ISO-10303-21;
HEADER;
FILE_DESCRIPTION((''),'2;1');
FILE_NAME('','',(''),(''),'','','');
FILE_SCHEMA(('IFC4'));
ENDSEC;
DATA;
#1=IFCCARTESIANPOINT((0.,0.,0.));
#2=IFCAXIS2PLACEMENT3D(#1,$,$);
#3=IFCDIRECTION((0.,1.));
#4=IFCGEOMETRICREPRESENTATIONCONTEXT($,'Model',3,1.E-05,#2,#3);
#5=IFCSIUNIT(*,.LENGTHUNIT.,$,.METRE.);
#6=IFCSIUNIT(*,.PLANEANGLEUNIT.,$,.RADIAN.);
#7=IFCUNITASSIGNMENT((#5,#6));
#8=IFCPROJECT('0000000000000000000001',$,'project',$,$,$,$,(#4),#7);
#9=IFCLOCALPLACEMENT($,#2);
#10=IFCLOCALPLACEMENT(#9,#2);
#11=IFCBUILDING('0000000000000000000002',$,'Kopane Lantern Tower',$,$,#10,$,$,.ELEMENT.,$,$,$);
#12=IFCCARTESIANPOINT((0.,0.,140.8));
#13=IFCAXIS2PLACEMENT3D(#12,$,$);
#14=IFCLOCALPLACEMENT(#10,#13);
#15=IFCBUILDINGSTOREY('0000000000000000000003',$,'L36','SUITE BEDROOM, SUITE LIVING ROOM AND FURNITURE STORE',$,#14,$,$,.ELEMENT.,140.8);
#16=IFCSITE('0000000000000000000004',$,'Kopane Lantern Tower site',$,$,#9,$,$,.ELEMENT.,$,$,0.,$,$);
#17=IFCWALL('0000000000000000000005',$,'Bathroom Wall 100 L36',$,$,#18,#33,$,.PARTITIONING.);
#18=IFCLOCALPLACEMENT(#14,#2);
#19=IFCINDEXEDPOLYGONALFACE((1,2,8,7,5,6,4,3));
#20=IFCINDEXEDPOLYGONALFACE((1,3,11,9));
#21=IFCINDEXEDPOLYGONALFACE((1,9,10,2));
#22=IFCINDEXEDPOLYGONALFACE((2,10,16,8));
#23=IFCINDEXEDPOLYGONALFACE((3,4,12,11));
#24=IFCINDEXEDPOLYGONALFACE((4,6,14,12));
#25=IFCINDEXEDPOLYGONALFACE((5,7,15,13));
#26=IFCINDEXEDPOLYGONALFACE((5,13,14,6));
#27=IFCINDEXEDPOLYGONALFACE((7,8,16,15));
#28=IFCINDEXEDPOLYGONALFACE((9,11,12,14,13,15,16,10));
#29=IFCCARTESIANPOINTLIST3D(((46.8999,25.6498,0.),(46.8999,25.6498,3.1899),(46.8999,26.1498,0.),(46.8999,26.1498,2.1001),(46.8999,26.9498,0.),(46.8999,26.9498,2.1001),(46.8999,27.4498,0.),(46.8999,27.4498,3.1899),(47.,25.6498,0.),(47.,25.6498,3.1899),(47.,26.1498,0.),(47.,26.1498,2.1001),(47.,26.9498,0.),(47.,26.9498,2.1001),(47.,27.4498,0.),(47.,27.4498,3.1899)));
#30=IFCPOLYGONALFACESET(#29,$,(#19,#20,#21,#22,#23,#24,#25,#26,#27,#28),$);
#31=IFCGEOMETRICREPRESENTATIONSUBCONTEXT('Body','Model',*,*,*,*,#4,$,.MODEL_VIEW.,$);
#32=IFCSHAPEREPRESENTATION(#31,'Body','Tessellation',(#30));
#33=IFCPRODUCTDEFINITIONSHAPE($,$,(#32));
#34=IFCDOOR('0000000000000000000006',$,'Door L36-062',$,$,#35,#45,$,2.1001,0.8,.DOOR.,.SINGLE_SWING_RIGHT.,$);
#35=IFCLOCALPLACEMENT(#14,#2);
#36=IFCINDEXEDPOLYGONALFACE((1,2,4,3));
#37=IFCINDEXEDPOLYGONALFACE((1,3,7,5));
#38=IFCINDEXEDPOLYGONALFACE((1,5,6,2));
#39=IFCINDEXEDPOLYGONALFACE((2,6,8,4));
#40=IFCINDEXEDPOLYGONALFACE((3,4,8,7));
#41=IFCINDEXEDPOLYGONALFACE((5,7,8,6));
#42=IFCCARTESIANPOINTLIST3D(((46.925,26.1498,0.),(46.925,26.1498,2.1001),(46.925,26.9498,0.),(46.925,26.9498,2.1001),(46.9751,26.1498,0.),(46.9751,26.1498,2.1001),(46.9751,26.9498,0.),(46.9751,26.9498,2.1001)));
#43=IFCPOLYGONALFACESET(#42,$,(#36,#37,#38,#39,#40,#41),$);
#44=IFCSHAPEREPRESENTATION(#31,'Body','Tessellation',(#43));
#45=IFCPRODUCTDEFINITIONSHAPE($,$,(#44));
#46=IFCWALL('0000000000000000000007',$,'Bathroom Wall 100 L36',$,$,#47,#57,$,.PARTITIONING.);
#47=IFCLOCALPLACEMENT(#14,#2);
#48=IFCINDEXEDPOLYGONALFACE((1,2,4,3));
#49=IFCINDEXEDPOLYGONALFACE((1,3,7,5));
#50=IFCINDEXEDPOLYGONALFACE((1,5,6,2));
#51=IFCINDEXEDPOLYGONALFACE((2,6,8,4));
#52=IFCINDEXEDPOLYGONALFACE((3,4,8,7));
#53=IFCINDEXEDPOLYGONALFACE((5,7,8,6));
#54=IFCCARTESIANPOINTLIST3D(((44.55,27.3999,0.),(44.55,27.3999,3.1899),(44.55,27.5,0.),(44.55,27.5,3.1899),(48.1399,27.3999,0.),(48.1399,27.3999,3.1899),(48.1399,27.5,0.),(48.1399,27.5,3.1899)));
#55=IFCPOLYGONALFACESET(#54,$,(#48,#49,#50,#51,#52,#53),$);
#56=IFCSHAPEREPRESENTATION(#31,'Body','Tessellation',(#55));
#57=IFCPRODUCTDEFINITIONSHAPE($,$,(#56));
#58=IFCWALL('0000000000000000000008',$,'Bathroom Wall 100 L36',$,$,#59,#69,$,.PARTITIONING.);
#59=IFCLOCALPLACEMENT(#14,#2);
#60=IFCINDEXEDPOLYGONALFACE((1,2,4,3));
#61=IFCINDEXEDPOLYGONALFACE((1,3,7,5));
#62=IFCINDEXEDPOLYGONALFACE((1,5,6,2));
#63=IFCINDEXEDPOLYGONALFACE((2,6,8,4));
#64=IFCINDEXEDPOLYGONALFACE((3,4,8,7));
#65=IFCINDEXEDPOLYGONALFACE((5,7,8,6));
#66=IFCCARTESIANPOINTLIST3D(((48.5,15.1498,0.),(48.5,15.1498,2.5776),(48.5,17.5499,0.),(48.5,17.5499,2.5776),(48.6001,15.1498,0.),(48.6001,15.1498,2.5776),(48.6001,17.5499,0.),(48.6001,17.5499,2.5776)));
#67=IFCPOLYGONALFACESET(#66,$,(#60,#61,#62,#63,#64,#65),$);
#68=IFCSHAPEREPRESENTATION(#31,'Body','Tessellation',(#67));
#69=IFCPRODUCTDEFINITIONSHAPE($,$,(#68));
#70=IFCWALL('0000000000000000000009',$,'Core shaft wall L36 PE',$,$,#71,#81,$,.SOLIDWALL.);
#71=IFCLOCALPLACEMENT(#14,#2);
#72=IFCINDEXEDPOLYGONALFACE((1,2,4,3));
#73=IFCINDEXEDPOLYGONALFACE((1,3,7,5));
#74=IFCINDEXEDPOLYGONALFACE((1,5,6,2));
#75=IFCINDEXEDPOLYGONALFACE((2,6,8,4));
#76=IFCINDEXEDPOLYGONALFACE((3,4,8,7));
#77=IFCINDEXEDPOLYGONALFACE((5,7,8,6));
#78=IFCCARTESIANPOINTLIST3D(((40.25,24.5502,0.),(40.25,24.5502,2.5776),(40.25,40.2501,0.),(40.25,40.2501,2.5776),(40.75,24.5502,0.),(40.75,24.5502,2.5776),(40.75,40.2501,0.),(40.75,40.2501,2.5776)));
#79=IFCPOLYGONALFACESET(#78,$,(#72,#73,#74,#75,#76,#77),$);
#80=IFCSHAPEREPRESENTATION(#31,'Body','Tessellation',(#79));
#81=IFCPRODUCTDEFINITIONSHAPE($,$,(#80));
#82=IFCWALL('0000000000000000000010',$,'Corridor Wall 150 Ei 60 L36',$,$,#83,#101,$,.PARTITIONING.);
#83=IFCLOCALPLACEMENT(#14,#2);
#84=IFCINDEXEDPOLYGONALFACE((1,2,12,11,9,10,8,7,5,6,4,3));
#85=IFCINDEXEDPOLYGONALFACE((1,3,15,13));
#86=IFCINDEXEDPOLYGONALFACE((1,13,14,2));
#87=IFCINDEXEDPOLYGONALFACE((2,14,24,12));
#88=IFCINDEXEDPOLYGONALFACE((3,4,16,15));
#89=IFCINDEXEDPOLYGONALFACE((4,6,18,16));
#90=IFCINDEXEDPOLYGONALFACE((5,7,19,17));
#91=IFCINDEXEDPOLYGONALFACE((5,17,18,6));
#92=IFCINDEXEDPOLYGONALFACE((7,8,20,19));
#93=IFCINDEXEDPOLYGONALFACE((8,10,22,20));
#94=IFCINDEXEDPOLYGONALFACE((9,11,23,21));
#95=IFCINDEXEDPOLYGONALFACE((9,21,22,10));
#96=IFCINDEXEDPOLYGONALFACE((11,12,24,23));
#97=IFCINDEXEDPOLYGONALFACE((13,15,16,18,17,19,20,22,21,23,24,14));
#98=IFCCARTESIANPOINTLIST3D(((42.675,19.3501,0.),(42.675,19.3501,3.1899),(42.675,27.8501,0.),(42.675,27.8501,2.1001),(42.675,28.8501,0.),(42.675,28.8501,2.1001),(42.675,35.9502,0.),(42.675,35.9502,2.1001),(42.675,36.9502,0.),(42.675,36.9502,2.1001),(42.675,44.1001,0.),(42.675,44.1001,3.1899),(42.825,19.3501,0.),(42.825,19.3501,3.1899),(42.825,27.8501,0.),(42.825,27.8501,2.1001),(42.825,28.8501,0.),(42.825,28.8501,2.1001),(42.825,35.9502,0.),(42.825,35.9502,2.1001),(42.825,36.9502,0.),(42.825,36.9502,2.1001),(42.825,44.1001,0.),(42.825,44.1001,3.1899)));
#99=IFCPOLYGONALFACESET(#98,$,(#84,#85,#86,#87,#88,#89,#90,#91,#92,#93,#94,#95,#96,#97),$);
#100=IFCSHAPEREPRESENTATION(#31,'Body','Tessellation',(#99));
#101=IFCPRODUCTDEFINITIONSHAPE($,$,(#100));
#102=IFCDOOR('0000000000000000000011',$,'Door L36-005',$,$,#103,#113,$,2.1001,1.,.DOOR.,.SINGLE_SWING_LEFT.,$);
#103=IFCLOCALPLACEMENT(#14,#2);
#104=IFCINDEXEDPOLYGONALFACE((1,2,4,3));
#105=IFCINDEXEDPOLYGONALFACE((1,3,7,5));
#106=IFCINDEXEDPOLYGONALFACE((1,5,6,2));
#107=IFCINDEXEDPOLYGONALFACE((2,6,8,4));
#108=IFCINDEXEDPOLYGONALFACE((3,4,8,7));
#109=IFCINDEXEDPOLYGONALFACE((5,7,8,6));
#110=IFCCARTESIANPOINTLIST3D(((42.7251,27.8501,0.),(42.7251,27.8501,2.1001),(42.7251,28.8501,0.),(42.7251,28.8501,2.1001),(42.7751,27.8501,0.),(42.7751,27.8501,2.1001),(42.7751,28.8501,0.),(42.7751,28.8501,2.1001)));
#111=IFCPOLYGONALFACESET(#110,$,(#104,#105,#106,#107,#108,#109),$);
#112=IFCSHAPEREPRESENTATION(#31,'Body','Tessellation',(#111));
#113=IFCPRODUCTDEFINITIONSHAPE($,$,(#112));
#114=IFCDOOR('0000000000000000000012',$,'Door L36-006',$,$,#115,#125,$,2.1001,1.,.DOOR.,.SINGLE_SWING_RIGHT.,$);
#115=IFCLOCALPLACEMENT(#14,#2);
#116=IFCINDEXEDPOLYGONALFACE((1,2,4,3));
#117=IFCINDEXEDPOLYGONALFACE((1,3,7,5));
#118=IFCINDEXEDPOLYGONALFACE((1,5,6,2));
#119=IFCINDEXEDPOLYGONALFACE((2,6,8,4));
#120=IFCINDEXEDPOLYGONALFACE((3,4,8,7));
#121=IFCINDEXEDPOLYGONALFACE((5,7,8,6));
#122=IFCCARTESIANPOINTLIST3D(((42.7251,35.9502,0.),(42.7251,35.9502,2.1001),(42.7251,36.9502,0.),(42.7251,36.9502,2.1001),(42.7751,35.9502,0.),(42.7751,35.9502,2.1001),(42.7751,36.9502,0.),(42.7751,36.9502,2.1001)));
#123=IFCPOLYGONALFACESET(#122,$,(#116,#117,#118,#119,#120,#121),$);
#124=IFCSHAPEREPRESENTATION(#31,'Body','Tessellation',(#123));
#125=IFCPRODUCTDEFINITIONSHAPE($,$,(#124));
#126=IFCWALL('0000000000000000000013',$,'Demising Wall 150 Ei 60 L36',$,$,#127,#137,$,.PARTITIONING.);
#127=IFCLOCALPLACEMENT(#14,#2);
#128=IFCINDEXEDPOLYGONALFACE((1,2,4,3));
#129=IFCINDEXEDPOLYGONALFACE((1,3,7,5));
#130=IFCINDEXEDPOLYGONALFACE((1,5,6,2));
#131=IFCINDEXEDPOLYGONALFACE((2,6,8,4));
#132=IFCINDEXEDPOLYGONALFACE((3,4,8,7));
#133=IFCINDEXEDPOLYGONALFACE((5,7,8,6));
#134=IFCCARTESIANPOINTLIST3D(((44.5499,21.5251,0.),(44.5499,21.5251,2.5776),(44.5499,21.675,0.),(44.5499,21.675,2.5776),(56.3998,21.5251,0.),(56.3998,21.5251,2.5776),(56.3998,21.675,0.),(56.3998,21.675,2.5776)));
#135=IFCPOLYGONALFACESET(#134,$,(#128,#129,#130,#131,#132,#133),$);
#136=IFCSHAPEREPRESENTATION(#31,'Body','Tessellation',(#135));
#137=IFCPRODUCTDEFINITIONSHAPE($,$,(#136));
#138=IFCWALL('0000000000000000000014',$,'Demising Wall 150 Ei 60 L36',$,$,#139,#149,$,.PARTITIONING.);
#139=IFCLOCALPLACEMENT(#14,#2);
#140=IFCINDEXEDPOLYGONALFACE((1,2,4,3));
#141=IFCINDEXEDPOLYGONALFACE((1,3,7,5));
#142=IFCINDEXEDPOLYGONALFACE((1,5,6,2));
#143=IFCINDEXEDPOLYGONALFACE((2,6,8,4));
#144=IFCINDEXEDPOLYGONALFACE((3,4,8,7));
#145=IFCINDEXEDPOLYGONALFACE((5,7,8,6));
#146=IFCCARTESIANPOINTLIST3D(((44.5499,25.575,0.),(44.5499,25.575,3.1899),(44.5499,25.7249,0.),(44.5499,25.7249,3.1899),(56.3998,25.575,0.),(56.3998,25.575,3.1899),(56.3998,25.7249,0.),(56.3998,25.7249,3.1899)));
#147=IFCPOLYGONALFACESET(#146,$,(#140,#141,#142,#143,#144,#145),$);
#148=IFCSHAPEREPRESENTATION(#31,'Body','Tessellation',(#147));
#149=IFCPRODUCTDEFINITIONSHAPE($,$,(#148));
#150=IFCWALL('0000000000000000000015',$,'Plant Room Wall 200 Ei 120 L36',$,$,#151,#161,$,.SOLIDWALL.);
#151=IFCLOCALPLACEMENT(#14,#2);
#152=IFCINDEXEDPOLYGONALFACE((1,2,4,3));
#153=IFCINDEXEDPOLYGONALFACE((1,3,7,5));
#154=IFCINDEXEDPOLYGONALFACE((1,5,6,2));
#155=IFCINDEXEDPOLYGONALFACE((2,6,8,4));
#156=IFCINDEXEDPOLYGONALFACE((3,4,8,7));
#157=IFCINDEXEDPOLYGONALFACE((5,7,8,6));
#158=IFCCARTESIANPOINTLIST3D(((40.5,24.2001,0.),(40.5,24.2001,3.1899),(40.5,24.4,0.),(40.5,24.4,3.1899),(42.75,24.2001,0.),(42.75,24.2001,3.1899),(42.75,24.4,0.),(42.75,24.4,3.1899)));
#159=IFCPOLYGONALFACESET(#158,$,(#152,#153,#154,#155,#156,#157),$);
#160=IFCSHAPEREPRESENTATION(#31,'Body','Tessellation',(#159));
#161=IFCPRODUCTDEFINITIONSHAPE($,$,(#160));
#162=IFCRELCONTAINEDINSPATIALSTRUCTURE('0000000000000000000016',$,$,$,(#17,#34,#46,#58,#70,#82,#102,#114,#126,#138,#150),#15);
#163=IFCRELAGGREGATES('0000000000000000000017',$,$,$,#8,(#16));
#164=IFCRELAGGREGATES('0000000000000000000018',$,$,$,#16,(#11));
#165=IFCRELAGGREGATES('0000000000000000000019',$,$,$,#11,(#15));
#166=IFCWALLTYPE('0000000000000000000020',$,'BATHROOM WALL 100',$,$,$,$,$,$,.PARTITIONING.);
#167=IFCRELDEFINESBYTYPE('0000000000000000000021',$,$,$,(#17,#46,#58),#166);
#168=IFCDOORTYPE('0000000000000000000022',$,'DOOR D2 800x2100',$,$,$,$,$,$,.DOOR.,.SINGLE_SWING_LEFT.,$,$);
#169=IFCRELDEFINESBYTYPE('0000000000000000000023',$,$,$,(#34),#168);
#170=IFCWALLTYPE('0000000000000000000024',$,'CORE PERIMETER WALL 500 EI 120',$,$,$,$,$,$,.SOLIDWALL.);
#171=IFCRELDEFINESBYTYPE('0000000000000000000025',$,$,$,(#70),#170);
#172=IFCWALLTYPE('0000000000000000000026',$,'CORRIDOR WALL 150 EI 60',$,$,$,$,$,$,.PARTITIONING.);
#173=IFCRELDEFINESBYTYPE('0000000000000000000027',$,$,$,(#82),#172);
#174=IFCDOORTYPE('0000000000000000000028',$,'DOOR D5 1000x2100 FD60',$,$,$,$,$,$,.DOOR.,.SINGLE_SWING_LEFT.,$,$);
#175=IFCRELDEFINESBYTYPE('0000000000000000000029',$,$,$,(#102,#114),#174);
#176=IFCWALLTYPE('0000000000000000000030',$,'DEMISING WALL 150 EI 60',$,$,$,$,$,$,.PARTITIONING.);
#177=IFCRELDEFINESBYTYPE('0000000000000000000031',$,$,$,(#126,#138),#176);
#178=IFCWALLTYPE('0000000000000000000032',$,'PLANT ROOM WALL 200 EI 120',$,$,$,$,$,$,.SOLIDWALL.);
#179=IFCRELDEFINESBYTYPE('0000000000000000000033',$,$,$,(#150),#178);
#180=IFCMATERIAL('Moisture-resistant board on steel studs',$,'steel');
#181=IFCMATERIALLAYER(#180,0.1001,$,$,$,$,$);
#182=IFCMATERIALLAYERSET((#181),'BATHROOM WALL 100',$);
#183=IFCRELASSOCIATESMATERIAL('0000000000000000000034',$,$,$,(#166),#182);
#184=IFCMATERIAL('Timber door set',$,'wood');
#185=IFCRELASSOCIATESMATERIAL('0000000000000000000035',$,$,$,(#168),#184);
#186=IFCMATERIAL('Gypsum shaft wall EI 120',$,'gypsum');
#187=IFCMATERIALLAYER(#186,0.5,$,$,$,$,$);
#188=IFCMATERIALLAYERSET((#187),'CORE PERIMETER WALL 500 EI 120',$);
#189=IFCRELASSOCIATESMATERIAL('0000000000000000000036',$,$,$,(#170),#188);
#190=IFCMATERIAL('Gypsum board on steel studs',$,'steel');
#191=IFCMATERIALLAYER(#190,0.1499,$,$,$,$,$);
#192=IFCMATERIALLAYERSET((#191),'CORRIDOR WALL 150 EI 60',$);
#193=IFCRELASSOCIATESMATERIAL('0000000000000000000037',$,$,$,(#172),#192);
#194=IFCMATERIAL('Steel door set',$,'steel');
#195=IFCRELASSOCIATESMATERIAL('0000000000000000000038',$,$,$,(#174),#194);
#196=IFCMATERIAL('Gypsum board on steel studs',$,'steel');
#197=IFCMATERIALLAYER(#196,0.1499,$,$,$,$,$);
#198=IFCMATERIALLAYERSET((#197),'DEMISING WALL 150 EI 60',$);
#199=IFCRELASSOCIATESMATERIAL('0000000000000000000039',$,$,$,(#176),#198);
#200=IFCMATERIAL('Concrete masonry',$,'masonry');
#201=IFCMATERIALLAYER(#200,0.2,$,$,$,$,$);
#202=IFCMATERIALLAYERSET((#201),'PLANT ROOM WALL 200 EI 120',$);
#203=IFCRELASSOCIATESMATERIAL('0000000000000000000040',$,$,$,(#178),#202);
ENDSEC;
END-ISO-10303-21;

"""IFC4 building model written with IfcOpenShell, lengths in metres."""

from ifc_helpers import new_model, si_unit, direction, frame, frame_2d, origin, place, context, subcontext, project, spatial, rectangle, extrude, material, layer, layer_set, type_object, element, fill, save


model = new_model("IFC4")

# Units and contexts
model_context = context("Model", 3, precision=1e-05, world=origin(), true_north=direction((0.0, 1.0)))
body_context = subcontext(model_context, "Body", "Model", "MODEL_VIEW")
ifc_project = project(units=[si_unit("LENGTHUNIT", "METRE"), si_unit("PLANEANGLEUNIT", "RADIAN")], contexts=[model_context])

# Site, building, storey
site_placement = place(None, origin())
site = spatial("IfcSite", under=ifc_project, at=site_placement, Name="Kopane Lantern Tower site", CompositionType="ELEMENT", RefElevation=0.0)
building_placement = place(site_placement, origin())
building = spatial("IfcBuilding", under=site, at=building_placement, Name="Kopane Lantern Tower", CompositionType="ELEMENT")
storey_placement = place(building_placement, frame((0.0, 0.0, 140.8)))
storey = spatial("IfcBuildingStorey", under=building, at=storey_placement, Name="L36", Description="SUITE BEDROOM, SUITE LIVING ROOM AND FURNITURE STORE", CompositionType="ELEMENT", Elevation=140.8)

# Shared definitions
ifc_material_1 = material(Name="Moisture-resistant board on steel studs", Category="steel")
ifc_layer_1 = layer(ifc_material_1, 0.1001)
ifc_layer_set_1 = layer_set([ifc_layer_1], Name="BATHROOM WALL 100")
wall_type_1 = type_object("IfcWallType", Name="BATHROOM WALL 100", PredefinedType="PARTITIONING", material=ifc_layer_set_1)

# Wall, opening, door
ifc_material_2 = material(Name="Timber door set", Category="wood")
door_type_1 = type_object("IfcDoorType", Name="DOOR D2 800x2100", OperationType="SINGLE_SWING_LEFT", PredefinedType="DOOR", material=ifc_material_2)
wall_1_placement = place(storey_placement, frame((46.95, 25.6499, 0.0), z_axis=(0.0, 0.0, 1.0), x_axis=(0.0, 1.0, 0.0)))
wall_1 = element("IfcWall", 1, at=wall_1_placement, inside=storey, type_object=wall_type_1, Name="Bathroom Wall 100 L36", PredefinedType="PARTITIONING", context=body_context, shape_type="SweptSolid", body=[
    extrude(rectangle(XDim=1.8, YDim=0.1001, at=frame_2d((0.8999, 0.0))), origin(), (0.0, 0.0, 1.0), 3.1899),
])
opening_1_placement = place(wall_1_placement, frame((0.5, 0.0, 0.0)))
opening_1 = element("IfcOpeningElement", 2, at=opening_1_placement, cuts=wall_1, PredefinedType="OPENING", context=body_context, shape_type="SweptSolid", body=[
    extrude(rectangle(XDim=0.8, YDim=2.1001, at=frame_2d((0.3999, 1.05))), frame((0.0, 0.0601, 0.0), z_axis=(0.0, -1.0, 0.0), x_axis=(1.0, 0.0, 0.0)), (0.0, 0.0, 1.0), 0.1201),
])
door_1_placement = place(opening_1_placement, origin())
door_1 = element("IfcDoor", 3, at=door_1_placement, inside=storey, type_object=door_type_1, Name="Door L36-062", OperationType="SINGLE_SWING_RIGHT", OverallHeight=2.1001, OverallWidth=0.8, PredefinedType="DOOR", context=body_context, shape_type="SweptSolid", body=[
    extrude(rectangle(XDim=0.8, YDim=2.1001, at=frame_2d((0.3999, 1.05))), frame((0.0, 0.0249, 0.0), z_axis=(0.0, -1.0, 0.0), x_axis=(1.0, 0.0, 0.0)), (0.0, 0.0, 1.0), 0.05),
])
fill(opening_1, door_1)

# Walls
wall_2_placement = place(storey_placement, frame((44.55, 27.45, 0.0), z_axis=(0.0, 0.0, 1.0), x_axis=(1.0, 0.0, 0.0)))
element("IfcWall", 4, at=wall_2_placement, inside=storey, type_object=wall_type_1, Name="Bathroom Wall 100 L36", PredefinedType="PARTITIONING", context=body_context, shape_type="SweptSolid", body=[
    extrude(rectangle(XDim=3.5898, YDim=0.1001, at=frame_2d((1.7949, 0.0))), origin(), (0.0, 0.0, 1.0), 3.1899),
])
wall_3_placement = place(storey_placement, frame((48.55, 17.55, 0.0), z_axis=(0.0, 0.0, 1.0), x_axis=(0.0, -1.0, 0.0)))
element("IfcWall", 5, at=wall_3_placement, inside=storey, type_object=wall_type_1, Name="Bathroom Wall 100 L36", PredefinedType="PARTITIONING", context=body_context, shape_type="SweptSolid", body=[
    extrude(rectangle(XDim=2.4001, YDim=0.1001, at=frame_2d((1.2002, 0.0))), origin(), (0.0, 0.0, 1.0), 2.5776),
])
ifc_material_3 = material(Name="Gypsum shaft wall EI 120", Category="gypsum")
ifc_layer_2 = layer(ifc_material_3, 0.5)
ifc_layer_set_2 = layer_set([ifc_layer_2], Name="CORE PERIMETER WALL 500 EI 120")
wall_type_2 = type_object("IfcWallType", Name="CORE PERIMETER WALL 500 EI 120", PredefinedType="SOLIDWALL", material=ifc_layer_set_2)
wall_4_placement = place(storey_placement, frame((40.5, 24.55, 0.0), z_axis=(0.0, 0.0, 1.0), x_axis=(0.0, 1.0, 0.0)))
element("IfcWall", 6, at=wall_4_placement, inside=storey, type_object=wall_type_2, Name="Core shaft wall L36 PE", PredefinedType="SOLIDWALL", context=body_context, shape_type="SweptSolid", body=[
    extrude(rectangle(XDim=15.7, YDim=0.5, at=frame_2d((7.8501, 0.0))), origin(), (0.0, 0.0, 1.0), 2.5776),
])

# Wall, openings, doors
ifc_material_4 = material(Name="Gypsum board on steel studs", Category="steel")
ifc_layer_3 = layer(ifc_material_4, 0.1499)
ifc_layer_set_3 = layer_set([ifc_layer_3], Name="CORRIDOR WALL 150 EI 60")
wall_type_3 = type_object("IfcWallType", Name="CORRIDOR WALL 150 EI 60", PredefinedType="PARTITIONING", material=ifc_layer_set_3)
wall_5_placement = place(storey_placement, frame((42.75, 19.3501, 0.0), z_axis=(0.0, 0.0, 1.0), x_axis=(0.0, 1.0, 0.0)))
wall_5 = element("IfcWall", 7, at=wall_5_placement, inside=storey, type_object=wall_type_3, Name="Corridor Wall 150 Ei 60 L36", PredefinedType="PARTITIONING", context=body_context, shape_type="SweptSolid", body=[
    extrude(rectangle(XDim=24.75, YDim=0.1499, at=frame_2d((12.375, 0.0))), origin(), (0.0, 0.0, 1.0), 3.1899),
])
opening_2_placement = place(wall_5_placement, frame((8.5, 0.0, 0.0)))
opening_2 = element("IfcOpeningElement", 8, at=opening_2_placement, cuts=wall_5, PredefinedType="OPENING", context=body_context, shape_type="SweptSolid", body=[
    extrude(rectangle(XDim=1.0, YDim=2.1001, at=frame_2d((0.5, 1.05))), frame((0.0, 0.085, 0.0), z_axis=(0.0, -1.0, 0.0), x_axis=(1.0, 0.0, 0.0)), (0.0, 0.0, 1.0), 0.1699),
])
opening_3_placement = place(wall_5_placement, frame((16.6001, 0.0, 0.0)))
opening_3 = element("IfcOpeningElement", 9, at=opening_3_placement, cuts=wall_5, PredefinedType="OPENING", context=body_context, shape_type="SweptSolid", body=[
    extrude(rectangle(XDim=1.0, YDim=2.1001, at=frame_2d((0.5, 1.05))), frame((0.0, 0.085, 0.0), z_axis=(0.0, -1.0, 0.0), x_axis=(1.0, 0.0, 0.0)), (0.0, 0.0, 1.0), 0.1699),
])
ifc_material_5 = material(Name="Steel door set", Category="steel")
door_type_2 = type_object("IfcDoorType", Name="DOOR D5 1000x2100 FD60", OperationType="SINGLE_SWING_LEFT", PredefinedType="DOOR", material=ifc_material_5)
door_2_placement = place(opening_2_placement, origin())
door_2 = element("IfcDoor", 10, at=door_2_placement, inside=storey, type_object=door_type_2, Name="Door L36-005", OperationType="SINGLE_SWING_LEFT", OverallHeight=2.1001, OverallWidth=1.0, PredefinedType="DOOR", context=body_context, shape_type="SweptSolid", body=[
    extrude(rectangle(XDim=1.0, YDim=2.1001, at=frame_2d((0.5, 1.05))), frame((0.0, 0.0249, 0.0), z_axis=(0.0, -1.0, 0.0), x_axis=(1.0, 0.0, 0.0)), (0.0, 0.0, 1.0), 0.05),
])
fill(opening_2, door_2)
door_3_placement = place(opening_3_placement, origin())
door_3 = element("IfcDoor", 11, at=door_3_placement, inside=storey, type_object=door_type_2, Name="Door L36-006", OperationType="SINGLE_SWING_RIGHT", OverallHeight=2.1001, OverallWidth=1.0, PredefinedType="DOOR", context=body_context, shape_type="SweptSolid", body=[
    extrude(rectangle(XDim=1.0, YDim=2.1001, at=frame_2d((0.5, 1.05))), frame((0.0, 0.0249, 0.0), z_axis=(0.0, -1.0, 0.0), x_axis=(1.0, 0.0, 0.0)), (0.0, 0.0, 1.0), 0.05),
])
fill(opening_3, door_3)

# Walls
ifc_material_6 = material(Name="Gypsum board on steel studs", Category="steel")
ifc_layer_4 = layer(ifc_material_6, 0.1499)
ifc_layer_set_4 = layer_set([ifc_layer_4], Name="DEMISING WALL 150 EI 60")
wall_type_4 = type_object("IfcWallType", Name="DEMISING WALL 150 EI 60", PredefinedType="PARTITIONING", material=ifc_layer_set_4)
wall_6_placement = place(storey_placement, frame((44.55, 21.6001, 0.0), z_axis=(0.0, 0.0, 1.0), x_axis=(1.0, 0.0, 0.0)))
element("IfcWall", 12, at=wall_6_placement, inside=storey, type_object=wall_type_4, Name="Demising Wall 150 Ei 60 L36", PredefinedType="PARTITIONING", context=body_context, shape_type="SweptSolid", body=[
    extrude(rectangle(XDim=11.8499, YDim=0.1499, at=frame_2d((5.9248, 0.0))), origin(), (0.0, 0.0, 1.0), 2.5776),
])
wall_7_placement = place(storey_placement, frame((44.55, 25.6499, 0.0), z_axis=(0.0, 0.0, 1.0), x_axis=(1.0, 0.0, 0.0)))
element("IfcWall", 13, at=wall_7_placement, inside=storey, type_object=wall_type_4, Name="Demising Wall 150 Ei 60 L36", PredefinedType="PARTITIONING", context=body_context, shape_type="SweptSolid", body=[
    extrude(rectangle(XDim=11.8499, YDim=0.1499, at=frame_2d((5.9248, 0.0))), origin(), (0.0, 0.0, 1.0), 3.1899),
])
ifc_material_7 = material(Name="Concrete masonry", Category="masonry")
ifc_layer_5 = layer(ifc_material_7, 0.2)
ifc_layer_set_5 = layer_set([ifc_layer_5], Name="PLANT ROOM WALL 200 EI 120")
wall_type_5 = type_object("IfcWallType", Name="PLANT ROOM WALL 200 EI 120", PredefinedType="SOLIDWALL", material=ifc_layer_set_5)
wall_8_placement = place(storey_placement, frame((40.5, 24.3, 0.0), z_axis=(0.0, 0.0, 1.0), x_axis=(1.0, 0.0, 0.0)))
element("IfcWall", 14, at=wall_8_placement, inside=storey, type_object=wall_type_5, Name="Plant Room Wall 200 Ei 120 L36", PredefinedType="SOLIDWALL", context=body_context, shape_type="SweptSolid", body=[
    extrude(rectangle(XDim=2.25, YDim=0.2, at=frame_2d((1.125, 0.0))), origin(), (0.0, 0.0, 1.0), 3.1899),
])

save(model, "model.ifc")
